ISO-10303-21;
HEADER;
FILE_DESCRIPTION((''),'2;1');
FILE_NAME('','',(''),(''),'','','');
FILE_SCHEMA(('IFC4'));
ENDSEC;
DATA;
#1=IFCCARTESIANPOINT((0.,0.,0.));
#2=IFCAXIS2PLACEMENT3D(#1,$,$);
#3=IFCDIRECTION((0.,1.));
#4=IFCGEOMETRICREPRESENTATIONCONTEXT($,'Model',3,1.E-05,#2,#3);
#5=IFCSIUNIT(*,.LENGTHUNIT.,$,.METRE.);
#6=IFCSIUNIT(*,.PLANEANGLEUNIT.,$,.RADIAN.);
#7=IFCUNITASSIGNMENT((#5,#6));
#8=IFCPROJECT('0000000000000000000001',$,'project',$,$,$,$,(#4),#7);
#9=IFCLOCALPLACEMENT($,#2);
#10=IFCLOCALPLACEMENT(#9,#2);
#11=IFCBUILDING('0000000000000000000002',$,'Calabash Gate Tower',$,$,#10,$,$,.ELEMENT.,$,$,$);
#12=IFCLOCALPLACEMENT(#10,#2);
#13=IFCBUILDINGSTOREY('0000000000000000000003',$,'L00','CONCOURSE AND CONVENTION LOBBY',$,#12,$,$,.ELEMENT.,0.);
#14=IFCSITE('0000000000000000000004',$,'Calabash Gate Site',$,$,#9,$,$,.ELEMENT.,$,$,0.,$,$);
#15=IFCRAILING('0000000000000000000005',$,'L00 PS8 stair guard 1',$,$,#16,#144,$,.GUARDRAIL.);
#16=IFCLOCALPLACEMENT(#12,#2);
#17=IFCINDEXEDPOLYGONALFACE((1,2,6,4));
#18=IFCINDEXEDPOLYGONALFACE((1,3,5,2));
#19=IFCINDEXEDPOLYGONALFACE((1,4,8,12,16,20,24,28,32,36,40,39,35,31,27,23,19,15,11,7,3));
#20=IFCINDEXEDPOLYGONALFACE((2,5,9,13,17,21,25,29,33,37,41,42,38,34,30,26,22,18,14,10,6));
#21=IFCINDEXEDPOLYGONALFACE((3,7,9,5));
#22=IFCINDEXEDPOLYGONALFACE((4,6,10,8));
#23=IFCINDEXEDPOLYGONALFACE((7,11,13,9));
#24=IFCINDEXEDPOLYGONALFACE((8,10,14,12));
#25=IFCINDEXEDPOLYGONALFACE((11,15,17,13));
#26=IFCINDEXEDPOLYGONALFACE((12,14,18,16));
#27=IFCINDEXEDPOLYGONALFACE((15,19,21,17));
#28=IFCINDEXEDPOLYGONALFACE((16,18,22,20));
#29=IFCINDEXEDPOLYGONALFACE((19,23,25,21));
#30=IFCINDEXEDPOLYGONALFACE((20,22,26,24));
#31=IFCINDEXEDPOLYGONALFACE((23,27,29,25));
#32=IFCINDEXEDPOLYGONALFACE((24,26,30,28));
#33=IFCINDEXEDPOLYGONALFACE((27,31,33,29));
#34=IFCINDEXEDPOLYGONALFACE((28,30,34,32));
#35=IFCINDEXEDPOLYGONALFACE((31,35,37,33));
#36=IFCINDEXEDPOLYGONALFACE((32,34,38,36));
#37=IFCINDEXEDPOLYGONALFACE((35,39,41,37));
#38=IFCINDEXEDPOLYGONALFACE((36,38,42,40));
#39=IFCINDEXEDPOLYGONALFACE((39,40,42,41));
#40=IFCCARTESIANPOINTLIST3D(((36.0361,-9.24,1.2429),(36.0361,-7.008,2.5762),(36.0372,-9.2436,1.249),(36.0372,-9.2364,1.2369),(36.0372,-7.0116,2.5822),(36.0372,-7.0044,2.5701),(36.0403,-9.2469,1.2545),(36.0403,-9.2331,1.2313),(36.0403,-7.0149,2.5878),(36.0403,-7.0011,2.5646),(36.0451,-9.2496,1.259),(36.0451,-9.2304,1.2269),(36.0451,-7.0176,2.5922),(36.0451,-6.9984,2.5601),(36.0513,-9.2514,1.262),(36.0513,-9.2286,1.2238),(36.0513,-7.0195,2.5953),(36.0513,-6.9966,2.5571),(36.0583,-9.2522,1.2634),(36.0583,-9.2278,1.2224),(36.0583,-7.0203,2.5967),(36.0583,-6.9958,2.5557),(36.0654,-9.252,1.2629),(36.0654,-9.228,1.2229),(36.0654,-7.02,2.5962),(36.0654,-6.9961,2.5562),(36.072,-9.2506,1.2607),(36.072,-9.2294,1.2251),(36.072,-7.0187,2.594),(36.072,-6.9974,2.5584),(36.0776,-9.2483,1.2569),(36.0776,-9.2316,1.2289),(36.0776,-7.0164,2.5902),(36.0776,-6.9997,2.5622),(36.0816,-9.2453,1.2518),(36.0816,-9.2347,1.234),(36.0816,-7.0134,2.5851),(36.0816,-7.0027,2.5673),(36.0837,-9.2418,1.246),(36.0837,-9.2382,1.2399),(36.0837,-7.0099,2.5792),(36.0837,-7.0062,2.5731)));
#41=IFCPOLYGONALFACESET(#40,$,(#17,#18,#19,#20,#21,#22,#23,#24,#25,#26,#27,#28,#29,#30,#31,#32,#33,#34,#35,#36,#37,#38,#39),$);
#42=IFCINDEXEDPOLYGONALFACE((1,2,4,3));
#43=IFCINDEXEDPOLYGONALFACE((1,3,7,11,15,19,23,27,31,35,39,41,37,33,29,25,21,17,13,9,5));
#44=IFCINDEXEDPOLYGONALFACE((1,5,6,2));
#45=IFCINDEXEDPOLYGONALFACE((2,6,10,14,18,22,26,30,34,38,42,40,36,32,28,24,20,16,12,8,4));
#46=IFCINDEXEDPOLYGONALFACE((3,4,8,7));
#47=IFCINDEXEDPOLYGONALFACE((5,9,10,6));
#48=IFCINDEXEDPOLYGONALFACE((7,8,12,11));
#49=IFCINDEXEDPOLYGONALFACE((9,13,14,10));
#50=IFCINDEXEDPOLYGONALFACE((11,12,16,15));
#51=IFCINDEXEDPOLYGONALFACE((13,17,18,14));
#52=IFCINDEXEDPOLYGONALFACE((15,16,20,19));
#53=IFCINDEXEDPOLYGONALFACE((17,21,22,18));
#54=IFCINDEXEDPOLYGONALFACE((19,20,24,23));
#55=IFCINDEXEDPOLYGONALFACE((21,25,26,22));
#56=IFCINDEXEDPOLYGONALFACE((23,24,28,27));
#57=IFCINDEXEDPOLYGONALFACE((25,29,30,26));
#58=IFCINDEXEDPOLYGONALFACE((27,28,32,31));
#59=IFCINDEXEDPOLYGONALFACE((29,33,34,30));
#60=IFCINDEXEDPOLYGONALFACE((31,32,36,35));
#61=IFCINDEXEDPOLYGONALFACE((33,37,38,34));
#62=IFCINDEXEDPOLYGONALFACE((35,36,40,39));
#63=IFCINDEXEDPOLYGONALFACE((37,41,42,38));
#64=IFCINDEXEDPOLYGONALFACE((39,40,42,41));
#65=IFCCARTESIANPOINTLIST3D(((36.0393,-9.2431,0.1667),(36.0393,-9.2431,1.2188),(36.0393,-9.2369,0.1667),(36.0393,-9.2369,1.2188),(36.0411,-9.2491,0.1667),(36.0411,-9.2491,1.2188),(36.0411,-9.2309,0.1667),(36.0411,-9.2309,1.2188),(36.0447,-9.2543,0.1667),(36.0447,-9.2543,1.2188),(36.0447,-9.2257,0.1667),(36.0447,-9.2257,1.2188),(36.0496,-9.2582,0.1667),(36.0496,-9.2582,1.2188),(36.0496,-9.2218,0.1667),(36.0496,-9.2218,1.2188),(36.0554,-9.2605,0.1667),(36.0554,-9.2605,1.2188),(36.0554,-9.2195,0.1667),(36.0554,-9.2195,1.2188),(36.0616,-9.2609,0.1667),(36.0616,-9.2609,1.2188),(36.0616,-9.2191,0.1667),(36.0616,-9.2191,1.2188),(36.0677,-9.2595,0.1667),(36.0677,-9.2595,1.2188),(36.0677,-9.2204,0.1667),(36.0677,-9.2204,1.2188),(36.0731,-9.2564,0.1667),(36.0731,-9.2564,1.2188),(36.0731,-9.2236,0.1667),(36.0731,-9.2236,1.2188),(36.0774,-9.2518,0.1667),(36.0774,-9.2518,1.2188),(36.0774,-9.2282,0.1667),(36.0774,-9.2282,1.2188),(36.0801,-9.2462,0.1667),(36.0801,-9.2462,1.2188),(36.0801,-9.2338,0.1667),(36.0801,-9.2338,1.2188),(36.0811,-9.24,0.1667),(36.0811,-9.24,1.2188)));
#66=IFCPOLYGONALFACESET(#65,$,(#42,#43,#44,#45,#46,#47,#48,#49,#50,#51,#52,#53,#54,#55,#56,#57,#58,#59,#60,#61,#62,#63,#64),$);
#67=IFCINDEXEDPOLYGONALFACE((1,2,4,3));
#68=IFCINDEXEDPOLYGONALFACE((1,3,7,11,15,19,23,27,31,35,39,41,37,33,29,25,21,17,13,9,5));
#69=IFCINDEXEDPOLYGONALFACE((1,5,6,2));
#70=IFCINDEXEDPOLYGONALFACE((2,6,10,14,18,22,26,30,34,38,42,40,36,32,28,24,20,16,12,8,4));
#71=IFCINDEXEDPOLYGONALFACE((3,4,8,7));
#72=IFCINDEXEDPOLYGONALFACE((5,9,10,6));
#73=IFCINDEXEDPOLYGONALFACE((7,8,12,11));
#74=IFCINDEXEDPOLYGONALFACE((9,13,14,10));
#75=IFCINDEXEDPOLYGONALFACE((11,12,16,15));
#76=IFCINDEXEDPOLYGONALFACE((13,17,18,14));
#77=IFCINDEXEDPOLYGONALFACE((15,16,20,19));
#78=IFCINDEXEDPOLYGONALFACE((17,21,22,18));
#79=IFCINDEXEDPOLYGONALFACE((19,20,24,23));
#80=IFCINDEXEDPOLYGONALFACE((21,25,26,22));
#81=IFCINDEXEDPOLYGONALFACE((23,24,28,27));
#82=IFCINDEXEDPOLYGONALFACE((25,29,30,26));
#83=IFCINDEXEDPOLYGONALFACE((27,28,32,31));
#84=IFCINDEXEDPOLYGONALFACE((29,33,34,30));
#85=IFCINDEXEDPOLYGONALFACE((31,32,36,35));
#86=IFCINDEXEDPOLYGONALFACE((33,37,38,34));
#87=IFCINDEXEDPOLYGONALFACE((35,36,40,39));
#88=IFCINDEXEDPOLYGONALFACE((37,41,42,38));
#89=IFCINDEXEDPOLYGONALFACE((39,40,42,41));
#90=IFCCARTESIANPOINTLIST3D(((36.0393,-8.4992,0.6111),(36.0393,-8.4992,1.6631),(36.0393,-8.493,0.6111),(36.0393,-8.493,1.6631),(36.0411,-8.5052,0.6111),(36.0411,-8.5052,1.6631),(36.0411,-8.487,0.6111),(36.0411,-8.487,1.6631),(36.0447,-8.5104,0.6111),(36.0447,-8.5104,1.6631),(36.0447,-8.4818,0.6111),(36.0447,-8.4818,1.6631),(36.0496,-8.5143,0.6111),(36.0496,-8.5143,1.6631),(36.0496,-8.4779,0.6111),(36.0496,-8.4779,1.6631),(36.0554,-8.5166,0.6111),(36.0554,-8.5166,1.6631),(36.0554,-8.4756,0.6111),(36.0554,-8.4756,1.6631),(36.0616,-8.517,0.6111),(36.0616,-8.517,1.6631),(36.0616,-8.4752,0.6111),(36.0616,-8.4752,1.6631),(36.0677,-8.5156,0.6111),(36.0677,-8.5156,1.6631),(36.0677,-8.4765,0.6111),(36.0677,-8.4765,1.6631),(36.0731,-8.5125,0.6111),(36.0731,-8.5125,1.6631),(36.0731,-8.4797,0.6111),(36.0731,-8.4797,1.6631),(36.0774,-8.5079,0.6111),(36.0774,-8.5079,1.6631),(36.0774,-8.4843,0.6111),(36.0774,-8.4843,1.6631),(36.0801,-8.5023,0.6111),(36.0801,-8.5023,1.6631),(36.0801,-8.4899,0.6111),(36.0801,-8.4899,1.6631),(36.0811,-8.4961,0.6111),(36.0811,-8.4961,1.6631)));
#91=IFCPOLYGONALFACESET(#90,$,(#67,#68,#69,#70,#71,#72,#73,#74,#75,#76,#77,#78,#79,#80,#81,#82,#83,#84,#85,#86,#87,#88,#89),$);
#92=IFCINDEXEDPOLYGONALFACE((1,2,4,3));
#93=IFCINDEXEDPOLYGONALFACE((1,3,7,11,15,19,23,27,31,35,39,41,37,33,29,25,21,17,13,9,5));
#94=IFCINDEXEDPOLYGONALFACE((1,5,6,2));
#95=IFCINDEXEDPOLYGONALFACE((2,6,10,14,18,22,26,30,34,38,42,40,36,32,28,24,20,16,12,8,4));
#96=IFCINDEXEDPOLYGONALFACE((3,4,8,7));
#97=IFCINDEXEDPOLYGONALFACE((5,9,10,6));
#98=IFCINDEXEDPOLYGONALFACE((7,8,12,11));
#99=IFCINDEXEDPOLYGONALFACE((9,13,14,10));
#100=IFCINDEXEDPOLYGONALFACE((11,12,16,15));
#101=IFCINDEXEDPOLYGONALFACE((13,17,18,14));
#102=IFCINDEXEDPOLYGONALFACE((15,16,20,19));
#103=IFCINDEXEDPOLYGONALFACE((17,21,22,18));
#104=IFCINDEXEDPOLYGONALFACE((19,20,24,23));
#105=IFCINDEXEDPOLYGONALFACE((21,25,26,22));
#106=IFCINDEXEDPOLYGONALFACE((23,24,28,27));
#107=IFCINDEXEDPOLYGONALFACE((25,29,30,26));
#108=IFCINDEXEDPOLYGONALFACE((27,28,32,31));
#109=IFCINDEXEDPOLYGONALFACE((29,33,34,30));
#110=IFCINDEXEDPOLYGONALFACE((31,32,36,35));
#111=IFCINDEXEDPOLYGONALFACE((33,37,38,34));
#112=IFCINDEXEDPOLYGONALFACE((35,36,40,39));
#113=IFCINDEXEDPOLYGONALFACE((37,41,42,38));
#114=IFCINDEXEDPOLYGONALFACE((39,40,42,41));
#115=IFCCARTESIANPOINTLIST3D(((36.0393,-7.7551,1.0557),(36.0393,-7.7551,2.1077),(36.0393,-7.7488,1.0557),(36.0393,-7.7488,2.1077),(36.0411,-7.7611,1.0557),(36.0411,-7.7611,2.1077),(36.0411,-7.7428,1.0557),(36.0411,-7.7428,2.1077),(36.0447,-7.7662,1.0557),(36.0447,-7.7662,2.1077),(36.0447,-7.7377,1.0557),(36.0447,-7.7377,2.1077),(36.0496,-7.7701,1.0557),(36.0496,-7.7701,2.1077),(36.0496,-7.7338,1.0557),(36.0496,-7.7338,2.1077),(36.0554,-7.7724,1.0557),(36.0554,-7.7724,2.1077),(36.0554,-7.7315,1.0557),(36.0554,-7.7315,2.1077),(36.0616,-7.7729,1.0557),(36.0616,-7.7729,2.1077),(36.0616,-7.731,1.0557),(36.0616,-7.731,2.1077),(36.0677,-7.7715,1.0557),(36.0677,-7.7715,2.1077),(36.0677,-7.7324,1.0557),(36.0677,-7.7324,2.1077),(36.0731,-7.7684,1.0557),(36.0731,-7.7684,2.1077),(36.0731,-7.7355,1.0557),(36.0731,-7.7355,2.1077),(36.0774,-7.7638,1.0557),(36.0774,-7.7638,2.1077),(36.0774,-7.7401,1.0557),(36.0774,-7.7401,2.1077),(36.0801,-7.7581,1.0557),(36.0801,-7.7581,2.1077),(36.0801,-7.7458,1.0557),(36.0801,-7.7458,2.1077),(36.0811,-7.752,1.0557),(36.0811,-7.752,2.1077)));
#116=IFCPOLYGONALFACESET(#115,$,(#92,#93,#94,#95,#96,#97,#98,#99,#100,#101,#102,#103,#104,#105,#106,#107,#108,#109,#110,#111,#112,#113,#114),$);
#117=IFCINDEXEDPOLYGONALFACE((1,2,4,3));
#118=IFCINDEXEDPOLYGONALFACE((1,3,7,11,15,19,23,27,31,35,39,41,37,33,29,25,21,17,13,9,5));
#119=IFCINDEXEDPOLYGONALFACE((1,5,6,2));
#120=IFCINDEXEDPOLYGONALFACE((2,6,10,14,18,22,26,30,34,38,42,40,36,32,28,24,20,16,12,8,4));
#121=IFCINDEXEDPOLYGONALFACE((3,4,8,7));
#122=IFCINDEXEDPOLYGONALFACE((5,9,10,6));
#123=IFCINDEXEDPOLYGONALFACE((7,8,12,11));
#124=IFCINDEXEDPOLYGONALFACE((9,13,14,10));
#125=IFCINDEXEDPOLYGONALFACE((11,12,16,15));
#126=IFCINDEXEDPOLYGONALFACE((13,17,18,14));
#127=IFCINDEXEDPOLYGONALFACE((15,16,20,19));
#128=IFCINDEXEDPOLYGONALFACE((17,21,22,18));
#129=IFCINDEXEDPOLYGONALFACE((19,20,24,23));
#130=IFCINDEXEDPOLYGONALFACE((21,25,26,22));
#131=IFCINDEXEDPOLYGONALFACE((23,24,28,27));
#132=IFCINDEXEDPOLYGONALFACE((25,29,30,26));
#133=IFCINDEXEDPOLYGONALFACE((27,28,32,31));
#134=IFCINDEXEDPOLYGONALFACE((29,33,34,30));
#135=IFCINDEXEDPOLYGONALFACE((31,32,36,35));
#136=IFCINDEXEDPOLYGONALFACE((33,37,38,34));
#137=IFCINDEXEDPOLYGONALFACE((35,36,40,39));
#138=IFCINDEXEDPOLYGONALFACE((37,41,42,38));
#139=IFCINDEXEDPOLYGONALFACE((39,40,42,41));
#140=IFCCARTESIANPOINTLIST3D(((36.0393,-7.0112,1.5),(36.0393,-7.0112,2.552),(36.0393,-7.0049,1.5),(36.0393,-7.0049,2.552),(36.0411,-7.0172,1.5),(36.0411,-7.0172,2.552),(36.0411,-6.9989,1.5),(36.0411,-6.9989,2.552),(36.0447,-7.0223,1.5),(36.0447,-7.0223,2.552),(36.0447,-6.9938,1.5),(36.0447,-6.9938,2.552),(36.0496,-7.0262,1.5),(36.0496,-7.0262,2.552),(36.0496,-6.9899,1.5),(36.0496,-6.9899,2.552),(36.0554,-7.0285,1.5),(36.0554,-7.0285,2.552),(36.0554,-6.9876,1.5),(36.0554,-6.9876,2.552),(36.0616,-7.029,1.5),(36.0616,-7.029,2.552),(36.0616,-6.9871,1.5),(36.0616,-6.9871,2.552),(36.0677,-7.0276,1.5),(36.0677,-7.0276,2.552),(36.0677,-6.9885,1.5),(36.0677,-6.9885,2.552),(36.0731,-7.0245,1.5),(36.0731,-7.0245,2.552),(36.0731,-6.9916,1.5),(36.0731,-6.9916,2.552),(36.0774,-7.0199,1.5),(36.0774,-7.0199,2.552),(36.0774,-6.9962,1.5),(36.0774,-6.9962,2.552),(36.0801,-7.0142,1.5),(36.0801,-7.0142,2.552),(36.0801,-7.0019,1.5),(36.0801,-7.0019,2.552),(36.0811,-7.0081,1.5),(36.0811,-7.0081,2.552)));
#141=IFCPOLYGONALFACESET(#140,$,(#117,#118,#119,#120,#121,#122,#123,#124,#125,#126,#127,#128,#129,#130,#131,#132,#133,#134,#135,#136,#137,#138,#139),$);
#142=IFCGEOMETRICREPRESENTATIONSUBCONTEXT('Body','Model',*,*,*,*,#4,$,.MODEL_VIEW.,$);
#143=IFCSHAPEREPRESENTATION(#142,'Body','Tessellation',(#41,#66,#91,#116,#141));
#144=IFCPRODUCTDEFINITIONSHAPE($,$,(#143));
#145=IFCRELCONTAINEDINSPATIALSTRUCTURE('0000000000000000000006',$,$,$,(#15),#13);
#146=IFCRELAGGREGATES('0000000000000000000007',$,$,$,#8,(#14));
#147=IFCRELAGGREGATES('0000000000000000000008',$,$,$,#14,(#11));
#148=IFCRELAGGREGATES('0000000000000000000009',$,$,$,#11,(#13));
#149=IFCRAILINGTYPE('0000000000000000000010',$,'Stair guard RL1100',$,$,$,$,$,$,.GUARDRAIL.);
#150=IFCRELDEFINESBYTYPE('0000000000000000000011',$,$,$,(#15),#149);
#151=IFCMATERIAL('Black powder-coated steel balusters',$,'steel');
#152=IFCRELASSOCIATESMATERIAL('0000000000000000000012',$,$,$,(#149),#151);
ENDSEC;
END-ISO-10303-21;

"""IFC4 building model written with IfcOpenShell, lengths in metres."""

from ifc_helpers import new_model, si_unit, direction, frame, origin, origin_2d, place, context, subcontext, project, spatial, circle, extrude, material, type_object, element, save


model = new_model("IFC4")

# Units and contexts
model_context = context("Model", 3, precision=1e-05, world=origin(), true_north=direction((0.0, 1.0)))
body_context = subcontext(model_context, "Body", "Model", "MODEL_VIEW")
ifc_project = project(units=[si_unit("LENGTHUNIT", "METRE"), si_unit("PLANEANGLEUNIT", "RADIAN")], contexts=[model_context])

# Site, building, storey
site_placement = place(None, origin())
site = spatial("IfcSite", under=ifc_project, at=site_placement, Name="Calabash Gate Site", CompositionType="ELEMENT", RefElevation=0.0)
building_placement = place(site_placement, origin())
building = spatial("IfcBuilding", under=site, at=building_placement, Name="Calabash Gate Tower", CompositionType="ELEMENT")
storey_placement = place(building_placement, origin())
storey = spatial("IfcBuildingStorey", under=building, at=storey_placement, Name="L00", Description="CONCOURSE AND CONVENTION LOBBY", CompositionType="ELEMENT", Elevation=0.0)

# Railing
ifc_material_1 = material(Name="Black powder-coated steel balusters", Category="steel")
railing_type_1 = type_object("IfcRailingType", Name="Stair guard RL1100", PredefinedType="GUARDRAIL", material=ifc_material_1)
railing_1_placement = place(storey_placement, frame((36.0601, -9.24, 0.1667)))
element("IfcRailing", 1, at=railing_1_placement, inside=storey, type_object=railing_type_1, Name="L00 PS8 stair guard 1", PredefinedType="GUARDRAIL", context=body_context, shape_type="SweptSolid", body=[
    extrude(circle(Radius=0.0239, at=origin_2d()), frame((0.0, 0.0, 1.0762), z_axis=(0.0, 0.858494, 0.512824), x_axis=(-1.0, 0.0, 0.0)), (0.0, 0.0, 1.0), 2.5999),
    extrude(circle(Radius=0.021, at=origin_2d()), origin(), (0.0, 0.0, 1.0), 1.052),
    extrude(circle(Radius=0.021, at=origin_2d()), frame((0.0, 0.7439, 0.4443)), (0.0, 0.0, 1.0), 1.052),
    extrude(circle(Radius=0.021, at=origin_2d()), frame((0.0, 1.488, 0.8889)), (0.0, 0.0, 1.0), 1.052),
    extrude(circle(Radius=0.021, at=origin_2d()), frame((0.0, 2.2319, 1.3333)), (0.0, 0.0, 1.0), 1.052),
])

save(model, "model.ifc")
